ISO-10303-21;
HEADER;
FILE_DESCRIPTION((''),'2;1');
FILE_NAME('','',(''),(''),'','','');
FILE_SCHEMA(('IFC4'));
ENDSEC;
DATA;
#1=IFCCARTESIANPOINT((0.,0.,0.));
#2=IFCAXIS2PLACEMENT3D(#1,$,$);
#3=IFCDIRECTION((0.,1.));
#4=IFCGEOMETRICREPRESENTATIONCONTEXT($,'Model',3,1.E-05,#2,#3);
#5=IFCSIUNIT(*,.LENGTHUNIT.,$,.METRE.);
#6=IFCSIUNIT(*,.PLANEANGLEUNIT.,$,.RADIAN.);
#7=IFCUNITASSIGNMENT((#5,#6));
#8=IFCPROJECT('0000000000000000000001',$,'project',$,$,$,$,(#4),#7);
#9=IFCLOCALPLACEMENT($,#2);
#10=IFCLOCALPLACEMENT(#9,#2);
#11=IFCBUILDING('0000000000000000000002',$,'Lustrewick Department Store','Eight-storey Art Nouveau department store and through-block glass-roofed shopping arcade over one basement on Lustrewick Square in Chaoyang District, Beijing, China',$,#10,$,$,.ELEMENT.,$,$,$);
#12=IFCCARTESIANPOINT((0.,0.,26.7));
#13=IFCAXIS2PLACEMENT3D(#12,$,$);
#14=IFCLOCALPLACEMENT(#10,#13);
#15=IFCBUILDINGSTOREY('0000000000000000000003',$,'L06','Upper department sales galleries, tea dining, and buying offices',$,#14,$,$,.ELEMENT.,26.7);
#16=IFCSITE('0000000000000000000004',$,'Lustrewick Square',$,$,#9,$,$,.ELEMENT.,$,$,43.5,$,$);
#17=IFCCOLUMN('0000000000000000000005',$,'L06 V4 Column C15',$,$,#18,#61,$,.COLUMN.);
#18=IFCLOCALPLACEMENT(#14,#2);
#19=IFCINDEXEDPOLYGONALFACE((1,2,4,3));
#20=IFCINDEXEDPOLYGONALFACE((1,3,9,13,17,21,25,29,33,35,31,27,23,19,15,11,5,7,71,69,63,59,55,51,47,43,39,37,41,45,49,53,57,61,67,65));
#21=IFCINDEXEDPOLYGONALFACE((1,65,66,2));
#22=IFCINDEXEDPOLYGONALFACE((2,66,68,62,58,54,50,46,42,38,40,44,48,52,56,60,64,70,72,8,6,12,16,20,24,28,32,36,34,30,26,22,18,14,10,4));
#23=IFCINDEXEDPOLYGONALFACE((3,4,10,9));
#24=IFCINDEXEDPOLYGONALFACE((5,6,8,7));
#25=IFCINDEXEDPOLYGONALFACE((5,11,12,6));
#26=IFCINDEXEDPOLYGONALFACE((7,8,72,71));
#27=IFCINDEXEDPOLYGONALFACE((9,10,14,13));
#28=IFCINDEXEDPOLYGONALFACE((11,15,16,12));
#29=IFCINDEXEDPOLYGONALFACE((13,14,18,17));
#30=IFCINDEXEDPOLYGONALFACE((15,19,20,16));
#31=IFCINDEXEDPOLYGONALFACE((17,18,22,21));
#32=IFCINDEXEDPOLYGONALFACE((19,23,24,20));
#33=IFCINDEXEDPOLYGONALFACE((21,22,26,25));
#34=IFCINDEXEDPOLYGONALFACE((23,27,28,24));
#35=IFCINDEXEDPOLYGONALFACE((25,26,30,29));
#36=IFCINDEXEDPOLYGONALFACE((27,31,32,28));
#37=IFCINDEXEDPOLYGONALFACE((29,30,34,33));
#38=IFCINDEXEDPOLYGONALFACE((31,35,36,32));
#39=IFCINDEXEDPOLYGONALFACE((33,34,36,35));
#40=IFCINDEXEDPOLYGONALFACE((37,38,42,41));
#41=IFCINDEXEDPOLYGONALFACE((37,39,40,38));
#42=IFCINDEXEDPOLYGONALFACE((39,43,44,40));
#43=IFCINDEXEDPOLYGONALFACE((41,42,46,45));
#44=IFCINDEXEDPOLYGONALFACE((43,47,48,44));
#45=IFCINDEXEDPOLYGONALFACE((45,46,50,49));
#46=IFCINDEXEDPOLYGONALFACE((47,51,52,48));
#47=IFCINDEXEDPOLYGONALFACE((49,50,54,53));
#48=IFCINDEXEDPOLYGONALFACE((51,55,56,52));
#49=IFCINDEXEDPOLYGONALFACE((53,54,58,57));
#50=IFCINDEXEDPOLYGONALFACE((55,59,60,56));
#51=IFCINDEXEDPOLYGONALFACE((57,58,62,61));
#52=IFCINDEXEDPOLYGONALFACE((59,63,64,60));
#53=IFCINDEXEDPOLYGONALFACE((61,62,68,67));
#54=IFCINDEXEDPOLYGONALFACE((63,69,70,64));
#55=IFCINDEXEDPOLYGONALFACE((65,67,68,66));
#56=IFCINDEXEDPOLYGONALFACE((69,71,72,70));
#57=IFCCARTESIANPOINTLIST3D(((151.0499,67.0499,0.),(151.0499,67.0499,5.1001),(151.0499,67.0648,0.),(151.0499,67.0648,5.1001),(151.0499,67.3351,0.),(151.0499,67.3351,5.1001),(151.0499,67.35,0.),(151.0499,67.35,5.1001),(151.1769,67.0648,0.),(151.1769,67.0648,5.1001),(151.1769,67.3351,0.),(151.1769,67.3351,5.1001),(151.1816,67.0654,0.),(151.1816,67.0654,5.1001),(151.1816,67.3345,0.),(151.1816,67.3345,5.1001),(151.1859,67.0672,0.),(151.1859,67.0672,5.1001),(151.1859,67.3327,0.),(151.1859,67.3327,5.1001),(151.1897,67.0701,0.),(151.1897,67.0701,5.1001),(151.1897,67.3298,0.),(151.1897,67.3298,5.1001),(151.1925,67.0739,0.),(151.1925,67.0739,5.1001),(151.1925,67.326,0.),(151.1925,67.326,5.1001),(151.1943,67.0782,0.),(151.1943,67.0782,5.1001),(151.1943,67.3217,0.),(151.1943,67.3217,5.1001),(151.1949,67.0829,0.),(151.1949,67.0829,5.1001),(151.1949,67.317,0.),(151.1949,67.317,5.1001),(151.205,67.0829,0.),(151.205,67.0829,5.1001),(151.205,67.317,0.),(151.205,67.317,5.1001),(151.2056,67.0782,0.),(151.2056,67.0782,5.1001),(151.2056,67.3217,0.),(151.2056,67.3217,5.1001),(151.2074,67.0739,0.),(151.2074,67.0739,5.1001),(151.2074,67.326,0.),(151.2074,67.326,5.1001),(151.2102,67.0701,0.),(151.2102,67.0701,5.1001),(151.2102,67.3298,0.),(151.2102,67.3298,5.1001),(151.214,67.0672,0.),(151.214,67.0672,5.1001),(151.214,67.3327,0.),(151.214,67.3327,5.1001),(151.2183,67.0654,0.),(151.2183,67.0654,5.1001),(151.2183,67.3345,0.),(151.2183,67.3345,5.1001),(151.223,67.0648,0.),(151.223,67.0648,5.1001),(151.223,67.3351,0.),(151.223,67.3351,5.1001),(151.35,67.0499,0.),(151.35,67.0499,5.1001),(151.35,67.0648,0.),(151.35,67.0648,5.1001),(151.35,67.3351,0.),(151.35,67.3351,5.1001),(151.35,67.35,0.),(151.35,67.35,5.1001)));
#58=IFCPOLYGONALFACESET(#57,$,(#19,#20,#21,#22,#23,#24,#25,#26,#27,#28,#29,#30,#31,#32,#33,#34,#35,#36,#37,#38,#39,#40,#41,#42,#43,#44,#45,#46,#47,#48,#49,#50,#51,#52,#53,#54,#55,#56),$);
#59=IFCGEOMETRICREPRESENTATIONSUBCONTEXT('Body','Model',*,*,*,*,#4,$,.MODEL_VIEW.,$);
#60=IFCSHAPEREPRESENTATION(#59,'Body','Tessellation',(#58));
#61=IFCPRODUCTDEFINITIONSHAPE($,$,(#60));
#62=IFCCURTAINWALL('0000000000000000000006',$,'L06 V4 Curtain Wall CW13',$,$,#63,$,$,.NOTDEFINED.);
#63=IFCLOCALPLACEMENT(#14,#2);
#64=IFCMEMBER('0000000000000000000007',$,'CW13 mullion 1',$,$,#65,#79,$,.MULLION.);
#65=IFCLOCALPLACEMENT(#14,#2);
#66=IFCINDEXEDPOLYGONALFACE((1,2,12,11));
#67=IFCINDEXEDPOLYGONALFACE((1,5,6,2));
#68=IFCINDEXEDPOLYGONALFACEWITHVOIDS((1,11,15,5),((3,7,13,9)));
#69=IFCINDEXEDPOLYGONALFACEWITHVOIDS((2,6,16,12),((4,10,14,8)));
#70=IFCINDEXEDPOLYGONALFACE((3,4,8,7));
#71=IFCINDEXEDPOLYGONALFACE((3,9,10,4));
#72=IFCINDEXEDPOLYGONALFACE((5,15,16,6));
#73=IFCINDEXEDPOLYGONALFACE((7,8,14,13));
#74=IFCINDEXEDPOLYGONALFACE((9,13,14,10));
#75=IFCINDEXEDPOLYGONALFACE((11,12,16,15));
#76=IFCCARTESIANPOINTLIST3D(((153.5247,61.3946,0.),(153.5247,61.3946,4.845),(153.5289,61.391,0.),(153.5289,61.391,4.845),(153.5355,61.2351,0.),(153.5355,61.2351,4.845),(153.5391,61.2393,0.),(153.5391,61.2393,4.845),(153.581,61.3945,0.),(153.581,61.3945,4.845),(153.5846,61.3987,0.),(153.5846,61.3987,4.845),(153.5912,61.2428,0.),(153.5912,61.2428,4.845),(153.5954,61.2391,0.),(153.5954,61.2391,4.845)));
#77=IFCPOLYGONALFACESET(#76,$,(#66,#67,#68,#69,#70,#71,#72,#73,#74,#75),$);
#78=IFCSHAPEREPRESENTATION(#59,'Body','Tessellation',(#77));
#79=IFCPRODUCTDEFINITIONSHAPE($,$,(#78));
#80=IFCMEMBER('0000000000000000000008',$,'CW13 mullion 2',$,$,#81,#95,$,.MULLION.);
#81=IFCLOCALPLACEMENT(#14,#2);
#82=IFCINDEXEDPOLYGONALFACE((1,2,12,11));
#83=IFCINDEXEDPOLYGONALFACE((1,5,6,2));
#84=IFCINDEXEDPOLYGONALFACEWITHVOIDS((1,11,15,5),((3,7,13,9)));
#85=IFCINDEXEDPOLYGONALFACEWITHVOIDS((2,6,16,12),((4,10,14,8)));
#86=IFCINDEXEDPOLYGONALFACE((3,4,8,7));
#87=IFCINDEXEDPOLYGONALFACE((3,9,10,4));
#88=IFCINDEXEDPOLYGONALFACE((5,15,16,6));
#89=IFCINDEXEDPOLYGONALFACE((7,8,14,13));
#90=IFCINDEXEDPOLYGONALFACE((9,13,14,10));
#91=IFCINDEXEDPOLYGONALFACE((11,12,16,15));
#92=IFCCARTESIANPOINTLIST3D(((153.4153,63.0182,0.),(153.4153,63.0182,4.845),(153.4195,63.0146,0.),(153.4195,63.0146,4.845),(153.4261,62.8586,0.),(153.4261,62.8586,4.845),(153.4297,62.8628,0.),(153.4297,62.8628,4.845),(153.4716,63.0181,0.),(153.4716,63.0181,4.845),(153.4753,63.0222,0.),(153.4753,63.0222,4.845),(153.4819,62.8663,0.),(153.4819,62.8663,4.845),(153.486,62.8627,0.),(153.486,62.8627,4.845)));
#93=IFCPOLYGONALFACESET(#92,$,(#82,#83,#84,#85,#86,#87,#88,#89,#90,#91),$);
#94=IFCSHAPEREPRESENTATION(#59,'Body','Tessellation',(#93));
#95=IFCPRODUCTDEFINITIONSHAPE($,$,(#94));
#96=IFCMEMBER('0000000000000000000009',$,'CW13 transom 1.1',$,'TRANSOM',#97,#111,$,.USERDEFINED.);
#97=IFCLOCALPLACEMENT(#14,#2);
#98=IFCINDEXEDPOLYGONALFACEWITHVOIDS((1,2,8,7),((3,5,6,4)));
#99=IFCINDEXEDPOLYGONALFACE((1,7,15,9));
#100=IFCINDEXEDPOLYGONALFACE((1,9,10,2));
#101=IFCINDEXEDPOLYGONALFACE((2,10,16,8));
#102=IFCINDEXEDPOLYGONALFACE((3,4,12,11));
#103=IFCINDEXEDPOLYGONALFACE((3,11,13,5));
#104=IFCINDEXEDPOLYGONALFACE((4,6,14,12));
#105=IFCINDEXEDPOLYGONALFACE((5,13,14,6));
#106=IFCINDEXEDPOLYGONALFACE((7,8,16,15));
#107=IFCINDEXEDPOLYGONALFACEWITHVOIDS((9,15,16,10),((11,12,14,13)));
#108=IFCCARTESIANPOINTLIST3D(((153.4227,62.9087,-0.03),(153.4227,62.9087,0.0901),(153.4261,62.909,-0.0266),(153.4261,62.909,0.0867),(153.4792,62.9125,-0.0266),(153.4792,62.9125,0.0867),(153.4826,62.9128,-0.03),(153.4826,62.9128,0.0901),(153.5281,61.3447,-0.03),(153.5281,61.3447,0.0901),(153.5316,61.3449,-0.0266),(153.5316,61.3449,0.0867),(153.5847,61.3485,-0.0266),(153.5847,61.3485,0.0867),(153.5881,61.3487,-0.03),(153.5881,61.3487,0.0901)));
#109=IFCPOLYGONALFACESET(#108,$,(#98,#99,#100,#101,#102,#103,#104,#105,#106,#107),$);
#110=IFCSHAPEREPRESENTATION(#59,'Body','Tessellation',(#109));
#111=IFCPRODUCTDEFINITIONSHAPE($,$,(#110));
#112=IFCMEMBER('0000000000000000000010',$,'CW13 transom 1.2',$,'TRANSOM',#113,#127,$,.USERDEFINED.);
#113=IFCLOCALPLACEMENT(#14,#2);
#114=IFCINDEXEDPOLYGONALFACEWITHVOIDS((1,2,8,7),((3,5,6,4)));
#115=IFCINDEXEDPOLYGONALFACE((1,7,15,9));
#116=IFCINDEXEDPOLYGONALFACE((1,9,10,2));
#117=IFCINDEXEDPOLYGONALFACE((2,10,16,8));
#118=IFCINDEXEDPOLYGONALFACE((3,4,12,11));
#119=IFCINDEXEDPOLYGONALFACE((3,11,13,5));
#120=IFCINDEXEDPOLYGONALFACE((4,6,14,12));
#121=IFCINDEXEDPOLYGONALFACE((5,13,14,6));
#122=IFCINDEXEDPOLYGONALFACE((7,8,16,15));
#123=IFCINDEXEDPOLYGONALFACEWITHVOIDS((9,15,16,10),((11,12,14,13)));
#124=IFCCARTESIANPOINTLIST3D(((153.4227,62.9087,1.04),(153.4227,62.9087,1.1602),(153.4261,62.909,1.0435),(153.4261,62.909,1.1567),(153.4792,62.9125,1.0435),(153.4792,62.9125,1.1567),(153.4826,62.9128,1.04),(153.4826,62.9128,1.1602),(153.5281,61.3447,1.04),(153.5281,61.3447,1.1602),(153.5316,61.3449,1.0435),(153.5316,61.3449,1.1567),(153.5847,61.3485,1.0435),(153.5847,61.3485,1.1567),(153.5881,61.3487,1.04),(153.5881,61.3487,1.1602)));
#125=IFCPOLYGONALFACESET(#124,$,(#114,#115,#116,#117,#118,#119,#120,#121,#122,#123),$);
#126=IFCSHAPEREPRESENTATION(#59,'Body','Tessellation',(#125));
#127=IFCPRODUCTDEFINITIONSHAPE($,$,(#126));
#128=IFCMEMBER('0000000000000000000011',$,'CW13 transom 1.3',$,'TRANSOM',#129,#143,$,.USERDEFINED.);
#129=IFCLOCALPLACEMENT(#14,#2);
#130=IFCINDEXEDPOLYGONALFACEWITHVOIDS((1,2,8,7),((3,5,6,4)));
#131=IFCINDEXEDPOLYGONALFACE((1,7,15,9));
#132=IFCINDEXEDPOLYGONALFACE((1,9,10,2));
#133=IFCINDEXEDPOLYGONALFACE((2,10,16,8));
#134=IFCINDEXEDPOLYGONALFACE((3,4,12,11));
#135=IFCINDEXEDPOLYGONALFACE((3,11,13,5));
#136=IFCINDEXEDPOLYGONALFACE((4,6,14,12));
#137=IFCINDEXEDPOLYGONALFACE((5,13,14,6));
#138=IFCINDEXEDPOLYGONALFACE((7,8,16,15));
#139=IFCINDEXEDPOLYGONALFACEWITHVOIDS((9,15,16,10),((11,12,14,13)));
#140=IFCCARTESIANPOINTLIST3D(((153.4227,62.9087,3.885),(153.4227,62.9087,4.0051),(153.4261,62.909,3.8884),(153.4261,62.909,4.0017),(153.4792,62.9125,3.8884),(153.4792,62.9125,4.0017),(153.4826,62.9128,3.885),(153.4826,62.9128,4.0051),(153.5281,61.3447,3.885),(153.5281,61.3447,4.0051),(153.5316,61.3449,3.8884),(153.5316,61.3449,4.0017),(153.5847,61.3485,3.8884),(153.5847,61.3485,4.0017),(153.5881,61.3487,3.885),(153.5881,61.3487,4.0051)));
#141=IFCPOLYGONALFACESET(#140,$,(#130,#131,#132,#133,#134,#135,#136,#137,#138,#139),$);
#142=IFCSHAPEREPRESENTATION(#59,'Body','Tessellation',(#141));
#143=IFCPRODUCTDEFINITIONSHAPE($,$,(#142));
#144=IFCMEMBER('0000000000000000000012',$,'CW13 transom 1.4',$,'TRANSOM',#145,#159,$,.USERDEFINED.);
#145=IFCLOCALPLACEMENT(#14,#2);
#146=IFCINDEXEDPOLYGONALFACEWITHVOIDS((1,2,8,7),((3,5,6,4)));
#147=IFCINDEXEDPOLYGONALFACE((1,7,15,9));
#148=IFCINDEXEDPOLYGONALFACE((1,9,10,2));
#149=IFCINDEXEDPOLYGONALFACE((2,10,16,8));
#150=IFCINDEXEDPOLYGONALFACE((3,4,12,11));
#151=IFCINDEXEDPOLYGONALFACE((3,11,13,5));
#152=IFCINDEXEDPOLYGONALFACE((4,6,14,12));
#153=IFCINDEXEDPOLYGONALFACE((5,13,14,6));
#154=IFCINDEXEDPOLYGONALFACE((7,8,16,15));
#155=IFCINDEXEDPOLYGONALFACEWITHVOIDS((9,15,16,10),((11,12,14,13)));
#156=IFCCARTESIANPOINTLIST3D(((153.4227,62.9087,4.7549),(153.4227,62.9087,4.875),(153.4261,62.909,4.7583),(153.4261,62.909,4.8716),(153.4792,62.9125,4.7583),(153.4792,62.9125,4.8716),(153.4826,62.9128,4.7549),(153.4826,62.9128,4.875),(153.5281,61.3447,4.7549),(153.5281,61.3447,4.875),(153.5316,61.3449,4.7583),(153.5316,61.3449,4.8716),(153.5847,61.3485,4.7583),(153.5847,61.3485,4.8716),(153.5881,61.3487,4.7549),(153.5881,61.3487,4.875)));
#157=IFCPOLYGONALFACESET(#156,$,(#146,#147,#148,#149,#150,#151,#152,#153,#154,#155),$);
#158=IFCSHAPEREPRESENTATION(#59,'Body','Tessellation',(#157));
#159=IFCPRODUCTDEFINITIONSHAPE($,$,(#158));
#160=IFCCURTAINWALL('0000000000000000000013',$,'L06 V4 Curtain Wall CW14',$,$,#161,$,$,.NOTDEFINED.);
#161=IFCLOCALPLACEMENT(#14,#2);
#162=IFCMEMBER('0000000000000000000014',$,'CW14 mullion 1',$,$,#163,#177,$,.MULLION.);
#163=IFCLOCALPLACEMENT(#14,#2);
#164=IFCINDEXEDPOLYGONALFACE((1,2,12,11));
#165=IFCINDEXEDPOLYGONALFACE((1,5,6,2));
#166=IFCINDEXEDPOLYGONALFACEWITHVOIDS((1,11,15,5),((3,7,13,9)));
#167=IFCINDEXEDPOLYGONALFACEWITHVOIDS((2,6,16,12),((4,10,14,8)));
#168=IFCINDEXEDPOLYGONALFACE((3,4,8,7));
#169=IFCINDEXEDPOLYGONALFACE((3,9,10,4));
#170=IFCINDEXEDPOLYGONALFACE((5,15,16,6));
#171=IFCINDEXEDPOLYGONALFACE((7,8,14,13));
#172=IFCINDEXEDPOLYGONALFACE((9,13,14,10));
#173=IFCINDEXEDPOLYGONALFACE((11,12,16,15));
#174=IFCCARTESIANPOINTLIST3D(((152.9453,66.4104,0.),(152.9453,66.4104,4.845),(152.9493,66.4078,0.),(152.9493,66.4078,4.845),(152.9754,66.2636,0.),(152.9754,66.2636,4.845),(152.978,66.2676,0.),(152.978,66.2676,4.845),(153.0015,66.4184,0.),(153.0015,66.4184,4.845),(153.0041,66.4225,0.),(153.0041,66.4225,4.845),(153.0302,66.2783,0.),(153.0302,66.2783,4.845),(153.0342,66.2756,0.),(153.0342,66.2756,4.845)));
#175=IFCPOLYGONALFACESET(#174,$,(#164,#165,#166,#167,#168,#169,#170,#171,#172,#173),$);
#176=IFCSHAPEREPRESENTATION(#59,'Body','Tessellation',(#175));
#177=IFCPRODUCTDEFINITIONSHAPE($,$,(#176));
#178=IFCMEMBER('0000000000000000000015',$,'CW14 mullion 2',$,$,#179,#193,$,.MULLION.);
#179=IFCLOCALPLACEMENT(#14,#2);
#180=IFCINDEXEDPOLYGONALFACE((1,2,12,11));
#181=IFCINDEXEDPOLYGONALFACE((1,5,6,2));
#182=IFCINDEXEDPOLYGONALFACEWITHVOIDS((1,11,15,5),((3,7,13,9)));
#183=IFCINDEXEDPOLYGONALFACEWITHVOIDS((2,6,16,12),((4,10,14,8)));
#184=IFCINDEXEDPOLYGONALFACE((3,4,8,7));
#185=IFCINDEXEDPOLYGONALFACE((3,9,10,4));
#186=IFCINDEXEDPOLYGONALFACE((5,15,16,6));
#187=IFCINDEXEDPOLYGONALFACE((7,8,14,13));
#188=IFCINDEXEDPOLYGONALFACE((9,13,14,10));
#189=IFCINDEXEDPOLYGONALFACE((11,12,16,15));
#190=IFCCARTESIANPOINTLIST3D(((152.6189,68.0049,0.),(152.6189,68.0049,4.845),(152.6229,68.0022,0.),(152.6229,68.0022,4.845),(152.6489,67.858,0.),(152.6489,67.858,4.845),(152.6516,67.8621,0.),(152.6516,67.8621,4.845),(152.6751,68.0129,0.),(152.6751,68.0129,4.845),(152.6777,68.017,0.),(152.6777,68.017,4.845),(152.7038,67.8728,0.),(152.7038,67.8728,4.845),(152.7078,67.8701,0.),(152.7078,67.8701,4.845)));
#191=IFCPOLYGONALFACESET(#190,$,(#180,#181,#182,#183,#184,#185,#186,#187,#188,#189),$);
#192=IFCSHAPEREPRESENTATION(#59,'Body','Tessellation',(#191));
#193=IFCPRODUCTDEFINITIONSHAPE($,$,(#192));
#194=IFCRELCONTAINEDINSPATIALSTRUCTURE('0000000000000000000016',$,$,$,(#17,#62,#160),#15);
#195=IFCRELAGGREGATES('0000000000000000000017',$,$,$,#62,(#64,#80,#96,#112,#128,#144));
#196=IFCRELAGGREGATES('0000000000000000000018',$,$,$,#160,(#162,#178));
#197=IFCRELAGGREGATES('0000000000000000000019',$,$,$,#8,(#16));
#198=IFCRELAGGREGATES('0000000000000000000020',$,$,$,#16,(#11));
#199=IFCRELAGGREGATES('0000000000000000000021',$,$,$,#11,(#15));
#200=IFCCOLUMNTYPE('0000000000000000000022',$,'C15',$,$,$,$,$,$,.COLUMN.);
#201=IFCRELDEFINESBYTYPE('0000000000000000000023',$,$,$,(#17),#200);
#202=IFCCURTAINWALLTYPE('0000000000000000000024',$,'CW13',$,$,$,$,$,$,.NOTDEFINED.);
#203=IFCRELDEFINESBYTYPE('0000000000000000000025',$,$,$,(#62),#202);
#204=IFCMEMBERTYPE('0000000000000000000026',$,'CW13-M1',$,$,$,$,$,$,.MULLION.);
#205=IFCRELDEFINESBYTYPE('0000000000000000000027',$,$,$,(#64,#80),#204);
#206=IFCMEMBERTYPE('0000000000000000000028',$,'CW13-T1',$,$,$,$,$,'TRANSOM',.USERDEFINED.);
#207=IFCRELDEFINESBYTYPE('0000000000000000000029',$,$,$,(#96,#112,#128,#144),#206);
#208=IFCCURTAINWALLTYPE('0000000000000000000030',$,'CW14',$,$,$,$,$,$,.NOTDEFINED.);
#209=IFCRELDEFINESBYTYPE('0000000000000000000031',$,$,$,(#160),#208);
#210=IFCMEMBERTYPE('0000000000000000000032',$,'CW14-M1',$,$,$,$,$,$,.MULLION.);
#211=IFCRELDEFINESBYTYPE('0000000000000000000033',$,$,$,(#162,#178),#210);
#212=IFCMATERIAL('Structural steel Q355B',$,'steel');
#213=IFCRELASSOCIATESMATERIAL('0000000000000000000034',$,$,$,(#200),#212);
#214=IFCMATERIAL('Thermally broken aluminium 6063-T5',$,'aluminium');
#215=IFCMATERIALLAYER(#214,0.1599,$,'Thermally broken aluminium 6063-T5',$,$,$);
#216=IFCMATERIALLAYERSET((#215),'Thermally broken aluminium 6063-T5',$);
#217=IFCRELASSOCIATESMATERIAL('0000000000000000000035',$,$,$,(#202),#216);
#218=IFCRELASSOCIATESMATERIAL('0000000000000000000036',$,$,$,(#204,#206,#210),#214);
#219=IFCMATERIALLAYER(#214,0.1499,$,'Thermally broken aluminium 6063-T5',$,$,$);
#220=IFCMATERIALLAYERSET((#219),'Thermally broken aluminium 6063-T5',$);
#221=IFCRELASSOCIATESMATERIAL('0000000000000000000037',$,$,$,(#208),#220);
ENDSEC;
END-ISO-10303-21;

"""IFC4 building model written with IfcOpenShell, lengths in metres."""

from ifc_helpers import new_model, si_unit, direction, frame, origin, origin_2d, place, context, subcontext, project, spatial, hollow_rectangle, i_section, extrude, material, layer, layer_set, material_profile, profile_set, type_object, element, aggregate, save


model = new_model("IFC4")

# Units and contexts
model_context = context("Model", 3, precision=1e-05, world=origin(), true_north=direction((0.0, 1.0)))
body_context = subcontext(model_context, "Body", "Model", "MODEL_VIEW")
ifc_project = project(units=[si_unit("LENGTHUNIT", "METRE"), si_unit("PLANEANGLEUNIT", "RADIAN")], contexts=[model_context])

# Site, building, storey
site_placement = place(None, origin())
site = spatial("IfcSite", under=ifc_project, at=site_placement, Name="Lustrewick Square", CompositionType="ELEMENT", RefElevation=43.5)
building_placement = place(site_placement, origin())
building = spatial("IfcBuilding", under=site, at=building_placement, Name="Lustrewick Department Store", Description="Eight-storey Art Nouveau department store and through-block glass-roofed shopping arcade over one basement on Lustrewick Square in Chaoyang District, Beijing, China", CompositionType="ELEMENT")
storey_placement = place(building_placement, frame((0.0, 0.0, 26.7)))
storey = spatial("IfcBuildingStorey", under=building, at=storey_placement, Name="L06", Description="Upper department sales galleries, tea dining, and buying offices", CompositionType="ELEMENT", Elevation=26.7)

# Column
ifc_material_1 = material(Name="Structural steel Q355B", Category="steel")
ifc_material_profile_1 = material_profile(ifc_material_1, i_section(OverallWidth=0.3, OverallDepth=0.3, WebThickness=0.01, FlangeThickness=0.0149, FilletRadius=0.0181, at=origin_2d()), Name="HW 300x300x10x15")
ifc_profile_set_1 = profile_set([ifc_material_profile_1], Name="Structural steel Q355B")
column_type = type_object("IfcColumnType", Name="C15", PredefinedType="COLUMN", material=ifc_profile_set_1)
column_placement = place(storey_placement, frame((151.2, 67.2, 0.0), z_axis=(0.0, 0.0, 1.0), x_axis=(1.0, 0.0, 0.0)))
element("IfcColumn", 1, at=column_placement, inside=storey, type_object=column_type, Name="L06 V4 Column C15", PredefinedType="COLUMN", context=body_context, shape_type="SweptSolid", body=[
    extrude(i_section(OverallWidth=0.3, OverallDepth=0.3, WebThickness=0.01, FlangeThickness=0.0149, FilletRadius=0.0181, at=origin_2d()), origin(), (0.0, 0.0, 1.0), 5.1001),
])

# Curtain walls, members
ifc_material_2 = material(Name="Thermally broken aluminium 6063-T5", Category="aluminium")
ifc_layer_1 = layer(ifc_material_2, 0.1599, Name="Thermally broken aluminium 6063-T5")
ifc_layer_set_1 = layer_set([ifc_layer_1], Name="Thermally broken aluminium 6063-T5")
curtain_wall_type_1 = type_object("IfcCurtainWallType", Name="CW13", PredefinedType="NOTDEFINED", material=ifc_layer_set_1)
curtain_wall_1_placement = place(storey_placement, origin())
curtain_wall_1 = element("IfcCurtainWall", 2, at=curtain_wall_1_placement, inside=storey, type_object=curtain_wall_type_1, Name="L06 V4 Curtain Wall CW13", PredefinedType="NOTDEFINED")
ifc_material_profile_2 = material_profile(ifc_material_2, hollow_rectangle(XDim=0.0601, YDim=0.1599, WallThickness=0.0039, at=origin_2d()), Name="ALU-M 60x160x4")
ifc_profile_set_2 = profile_set([ifc_material_profile_2], Name="Thermally broken aluminium 6063-T5")
member_type_1 = type_object("IfcMemberType", Name="CW13-M1", PredefinedType="MULLION", material=ifc_profile_set_2)
member_1_placement = place(storey_placement, frame((153.5601, 61.3169, 0.0), z_axis=(0.0, 0.0, 1.0), x_axis=(-0.997735, -0.067266, 0.0)))
member_1 = element("IfcMember", 3, at=member_1_placement, type_object=member_type_1, Name="CW13 mullion 1", PredefinedType="MULLION", context=body_context, shape_type="SweptSolid", body=[
    extrude(hollow_rectangle(XDim=0.0601, YDim=0.1599, WallThickness=0.0039, at=origin_2d()), origin(), (0.0, 0.0, 1.0), 4.845),
])
member_2_placement = place(storey_placement, frame((153.4507, 62.9404, 0.0), z_axis=(0.0, 0.0, 1.0), x_axis=(-0.997735, -0.067266, 0.0)))
member_2 = element("IfcMember", 4, at=member_2_placement, type_object=member_type_1, Name="CW13 mullion 2", PredefinedType="MULLION", context=body_context, shape_type="SweptSolid", body=[
    extrude(hollow_rectangle(XDim=0.0601, YDim=0.1599, WallThickness=0.0039, at=origin_2d()), origin(), (0.0, 0.0, 1.0), 4.845),
])
ifc_material_profile_3 = material_profile(ifc_material_2, hollow_rectangle(XDim=0.0601, YDim=0.1201, WallThickness=0.0034, at=origin_2d()), Name="ALU-T 60x120x3.5")
ifc_profile_set_3 = profile_set([ifc_material_profile_3], Name="Thermally broken aluminium 6063-T5")
member_type_2 = type_object("IfcMemberType", Name="CW13-T1", ElementType="TRANSOM", PredefinedType="USERDEFINED", material=ifc_profile_set_3)
member_3_placement = place(storey_placement, frame((153.5581, 61.3467, 0.03), z_axis=(-0.067284, 0.997734, 0.0), x_axis=(-0.997734, -0.067284, 0.0)))
member_3 = element("IfcMember", 5, at=member_3_placement, type_object=member_type_2, Name="CW13 transom 1.1", ObjectType="TRANSOM", PredefinedType="USERDEFINED", context=body_context, shape_type="SweptSolid", body=[
    extrude(hollow_rectangle(XDim=0.0601, YDim=0.1201, WallThickness=0.0034, at=origin_2d()), origin(), (0.0, 0.0, 1.0), 1.5676),
])
member_4_placement = place(storey_placement, frame((153.5581, 61.3467, 1.1001), z_axis=(-0.067284, 0.997734, 0.0), x_axis=(-0.997734, -0.067284, 0.0)))
member_4 = element("IfcMember", 6, at=member_4_placement, type_object=member_type_2, Name="CW13 transom 1.2", ObjectType="TRANSOM", PredefinedType="USERDEFINED", context=body_context, shape_type="SweptSolid", body=[
    extrude(hollow_rectangle(XDim=0.0601, YDim=0.1201, WallThickness=0.0034, at=origin_2d()), origin(), (0.0, 0.0, 1.0), 1.5676),
])
member_5_placement = place(storey_placement, frame((153.5581, 61.3467, 3.9451), z_axis=(-0.067284, 0.997734, 0.0), x_axis=(-0.997734, -0.067284, 0.0)))
member_5 = element("IfcMember", 7, at=member_5_placement, type_object=member_type_2, Name="CW13 transom 1.3", ObjectType="TRANSOM", PredefinedType="USERDEFINED", context=body_context, shape_type="SweptSolid", body=[
    extrude(hollow_rectangle(XDim=0.0601, YDim=0.1201, WallThickness=0.0034, at=origin_2d()), origin(), (0.0, 0.0, 1.0), 1.5676),
])
member_6_placement = place(storey_placement, frame((153.5581, 61.3467, 4.8149), z_axis=(-0.067284, 0.997734, 0.0), x_axis=(-0.997734, -0.067284, 0.0)))
member_6 = element("IfcMember", 8, at=member_6_placement, type_object=member_type_2, Name="CW13 transom 1.4", ObjectType="TRANSOM", PredefinedType="USERDEFINED", context=body_context, shape_type="SweptSolid", body=[
    extrude(hollow_rectangle(XDim=0.0601, YDim=0.1201, WallThickness=0.0034, at=origin_2d()), origin(), (0.0, 0.0, 1.0), 1.5676),
])
ifc_layer_2 = layer(ifc_material_2, 0.1499, Name="Thermally broken aluminium 6063-T5")
ifc_layer_set_2 = layer_set([ifc_layer_2], Name="Thermally broken aluminium 6063-T5")
curtain_wall_type_2 = type_object("IfcCurtainWallType", Name="CW14", PredefinedType="NOTDEFINED", material=ifc_layer_set_2)
curtain_wall_2_placement = place(storey_placement, origin())
curtain_wall_2 = element("IfcCurtainWall", 9, at=curtain_wall_2_placement, inside=storey, type_object=curtain_wall_type_2, Name="L06 V4 Curtain Wall CW14", PredefinedType="NOTDEFINED")
ifc_material_profile_4 = material_profile(ifc_material_2, hollow_rectangle(XDim=0.0601, YDim=0.1499, WallThickness=0.0034, at=origin_2d()), Name="ALU-M 60x150x3.5")
ifc_profile_set_4 = profile_set([ifc_material_profile_4], Name="Thermally broken aluminium 6063-T5")
member_type_3 = type_object("IfcMemberType", Name="CW14-M1", PredefinedType="MULLION", material=ifc_profile_set_4)
member_7_placement = place(storey_placement, frame((152.9897, 66.343, 0.0), z_axis=(0.0, 0.0, 1.0), x_axis=(-0.979672, -0.200604, 0.0)))
member_7 = element("IfcMember", 10, at=member_7_placement, type_object=member_type_3, Name="CW14 mullion 1", PredefinedType="MULLION", context=body_context, shape_type="SweptSolid", body=[
    extrude(hollow_rectangle(XDim=0.0601, YDim=0.1499, WallThickness=0.0034, at=origin_2d()), origin(), (0.0, 0.0, 1.0), 4.845),
])
member_8_placement = place(storey_placement, frame((152.6633, 67.9375, 0.0), z_axis=(0.0, 0.0, 1.0), x_axis=(-0.979672, -0.200604, 0.0)))
member_8 = element("IfcMember", 11, at=member_8_placement, type_object=member_type_3, Name="CW14 mullion 2", PredefinedType="MULLION", context=body_context, shape_type="SweptSolid", body=[
    extrude(hollow_rectangle(XDim=0.0601, YDim=0.1499, WallThickness=0.0034, at=origin_2d()), origin(), (0.0, 0.0, 1.0), 4.845),
])

aggregate(curtain_wall_1, [member_1, member_2, member_3, member_4, member_5, member_6])
aggregate(curtain_wall_2, [member_7, member_8])

save(model, "model.ifc")
